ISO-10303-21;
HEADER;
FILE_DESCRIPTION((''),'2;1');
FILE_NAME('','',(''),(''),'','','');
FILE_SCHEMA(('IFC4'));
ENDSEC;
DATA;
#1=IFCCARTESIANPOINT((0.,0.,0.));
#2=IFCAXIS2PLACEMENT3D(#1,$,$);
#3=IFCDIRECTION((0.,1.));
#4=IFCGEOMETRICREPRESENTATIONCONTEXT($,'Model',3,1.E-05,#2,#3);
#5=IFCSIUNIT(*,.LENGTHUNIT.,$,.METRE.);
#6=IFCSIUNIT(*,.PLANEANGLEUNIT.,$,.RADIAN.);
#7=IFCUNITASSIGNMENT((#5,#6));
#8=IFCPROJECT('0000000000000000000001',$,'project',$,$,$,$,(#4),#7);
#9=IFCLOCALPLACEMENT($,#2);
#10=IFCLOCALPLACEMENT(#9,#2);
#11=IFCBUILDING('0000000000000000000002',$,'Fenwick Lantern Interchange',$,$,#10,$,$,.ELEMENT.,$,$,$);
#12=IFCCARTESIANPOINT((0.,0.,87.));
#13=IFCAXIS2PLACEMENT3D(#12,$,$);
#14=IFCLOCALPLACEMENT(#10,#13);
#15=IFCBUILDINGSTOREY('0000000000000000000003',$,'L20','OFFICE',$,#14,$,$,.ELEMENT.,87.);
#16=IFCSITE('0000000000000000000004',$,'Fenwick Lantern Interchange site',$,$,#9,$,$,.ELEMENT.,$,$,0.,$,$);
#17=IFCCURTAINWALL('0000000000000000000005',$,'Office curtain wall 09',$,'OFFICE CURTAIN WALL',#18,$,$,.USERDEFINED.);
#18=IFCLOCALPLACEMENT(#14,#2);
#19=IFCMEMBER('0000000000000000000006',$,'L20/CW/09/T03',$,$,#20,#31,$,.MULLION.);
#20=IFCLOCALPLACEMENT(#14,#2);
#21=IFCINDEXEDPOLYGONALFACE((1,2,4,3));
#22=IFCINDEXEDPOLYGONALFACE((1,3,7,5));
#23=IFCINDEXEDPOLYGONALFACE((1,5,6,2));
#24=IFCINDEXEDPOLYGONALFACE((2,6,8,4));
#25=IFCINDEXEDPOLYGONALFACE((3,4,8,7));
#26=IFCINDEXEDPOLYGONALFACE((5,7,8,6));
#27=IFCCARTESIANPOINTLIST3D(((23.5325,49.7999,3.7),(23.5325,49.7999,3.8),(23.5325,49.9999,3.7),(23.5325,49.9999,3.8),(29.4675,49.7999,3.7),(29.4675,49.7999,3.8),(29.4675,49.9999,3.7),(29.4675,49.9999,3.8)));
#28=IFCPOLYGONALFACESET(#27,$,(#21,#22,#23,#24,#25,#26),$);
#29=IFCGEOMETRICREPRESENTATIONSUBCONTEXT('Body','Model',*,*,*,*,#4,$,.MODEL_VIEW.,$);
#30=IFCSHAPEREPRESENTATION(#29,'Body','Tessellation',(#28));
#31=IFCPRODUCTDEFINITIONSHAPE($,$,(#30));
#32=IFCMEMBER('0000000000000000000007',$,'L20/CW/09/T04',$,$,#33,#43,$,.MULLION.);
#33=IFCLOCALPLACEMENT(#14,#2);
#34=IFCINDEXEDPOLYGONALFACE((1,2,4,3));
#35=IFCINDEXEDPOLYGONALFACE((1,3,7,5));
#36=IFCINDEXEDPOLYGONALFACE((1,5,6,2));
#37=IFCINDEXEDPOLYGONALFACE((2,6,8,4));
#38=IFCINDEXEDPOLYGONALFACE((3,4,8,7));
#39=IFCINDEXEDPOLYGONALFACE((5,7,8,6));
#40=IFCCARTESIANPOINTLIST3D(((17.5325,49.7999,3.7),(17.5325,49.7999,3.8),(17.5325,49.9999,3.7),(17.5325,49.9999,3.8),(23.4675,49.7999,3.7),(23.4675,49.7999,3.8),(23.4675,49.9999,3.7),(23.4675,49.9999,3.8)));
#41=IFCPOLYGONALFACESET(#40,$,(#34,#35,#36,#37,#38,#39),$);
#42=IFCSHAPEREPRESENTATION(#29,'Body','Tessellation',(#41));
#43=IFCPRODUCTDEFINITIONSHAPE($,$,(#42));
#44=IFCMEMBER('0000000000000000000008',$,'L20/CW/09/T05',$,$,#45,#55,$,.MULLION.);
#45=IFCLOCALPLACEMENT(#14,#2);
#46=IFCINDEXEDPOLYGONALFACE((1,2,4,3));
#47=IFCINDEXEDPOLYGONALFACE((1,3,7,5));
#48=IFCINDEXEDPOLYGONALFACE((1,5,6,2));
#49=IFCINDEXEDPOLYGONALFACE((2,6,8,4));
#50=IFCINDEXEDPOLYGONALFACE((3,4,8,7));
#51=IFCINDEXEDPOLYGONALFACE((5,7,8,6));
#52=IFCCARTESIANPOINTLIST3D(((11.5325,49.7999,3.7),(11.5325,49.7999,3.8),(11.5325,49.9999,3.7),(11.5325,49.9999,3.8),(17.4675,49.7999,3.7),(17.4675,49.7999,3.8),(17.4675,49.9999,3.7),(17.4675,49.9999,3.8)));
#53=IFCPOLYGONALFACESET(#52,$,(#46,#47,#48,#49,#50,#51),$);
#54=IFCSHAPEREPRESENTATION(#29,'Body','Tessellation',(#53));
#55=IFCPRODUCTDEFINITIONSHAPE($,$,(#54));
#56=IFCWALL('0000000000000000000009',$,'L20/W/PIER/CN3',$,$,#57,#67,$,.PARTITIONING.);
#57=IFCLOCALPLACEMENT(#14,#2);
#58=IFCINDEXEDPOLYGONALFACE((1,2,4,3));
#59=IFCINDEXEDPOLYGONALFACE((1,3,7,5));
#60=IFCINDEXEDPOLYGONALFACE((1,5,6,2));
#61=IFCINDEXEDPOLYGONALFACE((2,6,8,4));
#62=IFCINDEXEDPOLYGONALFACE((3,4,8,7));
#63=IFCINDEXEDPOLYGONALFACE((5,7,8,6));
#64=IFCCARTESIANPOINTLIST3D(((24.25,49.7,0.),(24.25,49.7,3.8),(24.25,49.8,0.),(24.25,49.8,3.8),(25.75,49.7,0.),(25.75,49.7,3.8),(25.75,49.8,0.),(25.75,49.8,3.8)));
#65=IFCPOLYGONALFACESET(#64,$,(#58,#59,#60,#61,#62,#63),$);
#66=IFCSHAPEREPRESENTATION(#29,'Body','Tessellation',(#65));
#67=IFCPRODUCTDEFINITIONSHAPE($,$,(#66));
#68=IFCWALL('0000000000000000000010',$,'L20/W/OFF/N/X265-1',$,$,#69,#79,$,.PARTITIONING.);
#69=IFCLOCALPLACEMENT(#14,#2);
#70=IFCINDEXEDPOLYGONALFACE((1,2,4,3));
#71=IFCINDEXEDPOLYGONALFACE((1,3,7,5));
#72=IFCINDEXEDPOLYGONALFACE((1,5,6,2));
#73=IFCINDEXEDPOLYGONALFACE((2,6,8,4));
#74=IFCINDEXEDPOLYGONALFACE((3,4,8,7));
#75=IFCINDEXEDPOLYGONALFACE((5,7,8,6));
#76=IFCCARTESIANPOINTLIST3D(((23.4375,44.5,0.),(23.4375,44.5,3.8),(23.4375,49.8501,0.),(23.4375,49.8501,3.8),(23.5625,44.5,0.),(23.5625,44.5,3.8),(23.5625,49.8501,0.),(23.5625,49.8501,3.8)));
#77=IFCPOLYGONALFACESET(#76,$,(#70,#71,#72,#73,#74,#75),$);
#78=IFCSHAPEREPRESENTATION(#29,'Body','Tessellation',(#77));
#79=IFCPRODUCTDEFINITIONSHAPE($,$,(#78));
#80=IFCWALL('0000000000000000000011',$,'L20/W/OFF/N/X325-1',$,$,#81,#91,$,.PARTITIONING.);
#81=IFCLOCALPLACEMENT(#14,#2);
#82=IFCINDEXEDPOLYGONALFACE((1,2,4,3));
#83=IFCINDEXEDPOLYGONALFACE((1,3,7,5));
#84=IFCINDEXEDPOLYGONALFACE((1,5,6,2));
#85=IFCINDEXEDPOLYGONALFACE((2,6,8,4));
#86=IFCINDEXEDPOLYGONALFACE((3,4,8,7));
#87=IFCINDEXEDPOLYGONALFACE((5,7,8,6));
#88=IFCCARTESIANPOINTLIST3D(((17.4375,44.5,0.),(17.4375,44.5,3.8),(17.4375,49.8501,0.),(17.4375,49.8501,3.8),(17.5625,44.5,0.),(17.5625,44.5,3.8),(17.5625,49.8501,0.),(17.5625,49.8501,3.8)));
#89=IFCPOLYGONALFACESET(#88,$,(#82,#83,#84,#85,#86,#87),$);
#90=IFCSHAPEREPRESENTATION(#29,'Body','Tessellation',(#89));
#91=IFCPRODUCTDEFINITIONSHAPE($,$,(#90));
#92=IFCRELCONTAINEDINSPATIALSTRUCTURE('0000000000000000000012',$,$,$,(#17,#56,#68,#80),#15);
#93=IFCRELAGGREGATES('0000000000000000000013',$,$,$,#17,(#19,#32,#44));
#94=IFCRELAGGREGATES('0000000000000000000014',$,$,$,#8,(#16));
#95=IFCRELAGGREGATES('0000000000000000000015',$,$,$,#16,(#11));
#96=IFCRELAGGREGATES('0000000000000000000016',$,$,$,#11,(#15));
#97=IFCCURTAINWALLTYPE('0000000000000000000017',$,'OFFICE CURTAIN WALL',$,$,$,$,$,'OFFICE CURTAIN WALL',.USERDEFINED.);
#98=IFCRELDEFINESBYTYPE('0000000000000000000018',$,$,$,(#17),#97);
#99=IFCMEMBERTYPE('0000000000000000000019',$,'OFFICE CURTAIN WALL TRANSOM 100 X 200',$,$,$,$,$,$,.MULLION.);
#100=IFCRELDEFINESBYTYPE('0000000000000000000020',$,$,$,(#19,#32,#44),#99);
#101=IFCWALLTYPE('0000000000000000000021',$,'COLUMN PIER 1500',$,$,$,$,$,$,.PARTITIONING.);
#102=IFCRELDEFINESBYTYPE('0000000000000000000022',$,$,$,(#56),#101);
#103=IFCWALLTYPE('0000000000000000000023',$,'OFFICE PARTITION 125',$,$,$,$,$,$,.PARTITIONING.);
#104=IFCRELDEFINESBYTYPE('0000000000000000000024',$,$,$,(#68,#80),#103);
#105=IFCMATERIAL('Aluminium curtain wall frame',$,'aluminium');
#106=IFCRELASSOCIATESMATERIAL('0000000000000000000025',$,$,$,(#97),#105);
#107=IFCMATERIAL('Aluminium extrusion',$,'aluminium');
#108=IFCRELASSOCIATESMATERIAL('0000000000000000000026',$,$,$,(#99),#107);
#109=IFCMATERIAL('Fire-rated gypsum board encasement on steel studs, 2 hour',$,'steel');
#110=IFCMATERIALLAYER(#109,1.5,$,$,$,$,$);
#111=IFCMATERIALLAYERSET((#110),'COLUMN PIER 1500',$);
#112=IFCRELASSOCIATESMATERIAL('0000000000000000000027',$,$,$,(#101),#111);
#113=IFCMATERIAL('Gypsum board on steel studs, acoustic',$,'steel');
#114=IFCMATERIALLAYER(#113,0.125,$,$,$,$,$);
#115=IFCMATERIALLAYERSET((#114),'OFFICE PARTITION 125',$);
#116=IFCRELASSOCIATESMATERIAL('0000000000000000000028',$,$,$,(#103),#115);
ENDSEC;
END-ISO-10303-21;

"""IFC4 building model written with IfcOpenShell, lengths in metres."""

from ifc_helpers import new_model, si_unit, direction, frame, frame_2d, origin, origin_2d, place, context, subcontext, project, spatial, rectangle, extrude, material, layer, layer_set, material_profile, profile_set, type_object, element, aggregate, save


model = new_model("IFC4")

# Units and contexts
model_context = context("Model", 3, precision=1e-05, world=origin(), true_north=direction((0.0, 1.0)))
body_context = subcontext(model_context, "Body", "Model", "MODEL_VIEW")
ifc_project = project(units=[si_unit("LENGTHUNIT", "METRE"), si_unit("PLANEANGLEUNIT", "RADIAN")], contexts=[model_context])

# Site, building, storey
site_placement = place(None, origin())
site = spatial("IfcSite", under=ifc_project, at=site_placement, Name="Fenwick Lantern Interchange site", CompositionType="ELEMENT", RefElevation=0.0)
building_placement = place(site_placement, origin())
building = spatial("IfcBuilding", under=site, at=building_placement, Name="Fenwick Lantern Interchange", CompositionType="ELEMENT")
storey_placement = place(building_placement, frame((0.0, 0.0, 87.0)))
storey = spatial("IfcBuildingStorey", under=building, at=storey_placement, Name="L20", Description="OFFICE", CompositionType="ELEMENT", Elevation=87.0)

# Curtain wall, members
ifc_material_1 = material(Name="Aluminium curtain wall frame", Category="aluminium")
curtain_wall_type = type_object("IfcCurtainWallType", Name="OFFICE CURTAIN WALL", ElementType="OFFICE CURTAIN WALL", PredefinedType="USERDEFINED", material=ifc_material_1)
curtain_wall_placement = place(storey_placement, origin())
curtain_wall = element("IfcCurtainWall", 1, at=curtain_wall_placement, inside=storey, type_object=curtain_wall_type, Name="Office curtain wall 09", ObjectType="OFFICE CURTAIN WALL", PredefinedType="USERDEFINED")
ifc_material_2 = material(Name="Aluminium extrusion", Category="aluminium")
ifc_material_profile_1 = material_profile(ifc_material_2, rectangle(XDim=0.2, YDim=0.1001, at=origin_2d()), Name="OFFICE CURTAIN WALL TRANSOM 100 X 200")
ifc_profile_set_1 = profile_set([ifc_material_profile_1], Name="Aluminium extrusion")
member_type_1 = type_object("IfcMemberType", Name="OFFICE CURTAIN WALL TRANSOM 100 X 200", PredefinedType="MULLION", material=ifc_profile_set_1)
member_1_placement = place(storey_placement, frame((29.4675, 49.8999, 3.75), z_axis=(-1.0, 0.0, 0.0), x_axis=(0.0, -1.0, 0.0)))
member_1 = element("IfcMember", 2, at=member_1_placement, type_object=member_type_1, Name="L20/CW/09/T03", PredefinedType="MULLION", context=body_context, shape_type="SweptSolid", body=[
    extrude(rectangle(XDim=0.2, YDim=0.1001, at=origin_2d()), origin(), (0.0, 0.0, 1.0), 5.9351),
])
member_2_placement = place(storey_placement, frame((23.4675, 49.8999, 3.75), z_axis=(-1.0, 0.0, 0.0), x_axis=(0.0, -1.0, 0.0)))
member_2 = element("IfcMember", 3, at=member_2_placement, type_object=member_type_1, Name="L20/CW/09/T04", PredefinedType="MULLION", context=body_context, shape_type="SweptSolid", body=[
    extrude(rectangle(XDim=0.2, YDim=0.1001, at=origin_2d()), origin(), (0.0, 0.0, 1.0), 5.9351),
])
member_3_placement = place(storey_placement, frame((17.4675, 49.8999, 3.75), z_axis=(-1.0, 0.0, 0.0), x_axis=(0.0, -1.0, 0.0)))
member_3 = element("IfcMember", 4, at=member_3_placement, type_object=member_type_1, Name="L20/CW/09/T05", PredefinedType="MULLION", context=body_context, shape_type="SweptSolid", body=[
    extrude(rectangle(XDim=0.2, YDim=0.1001, at=origin_2d()), origin(), (0.0, 0.0, 1.0), 5.9351),
])
aggregate(curtain_wall, [member_1, member_2, member_3])

# Walls
ifc_material_3 = material(Name="Fire-rated gypsum board encasement on steel studs, 2 hour", Category="steel")
ifc_layer_1 = layer(ifc_material_3, 1.5)
ifc_layer_set_1 = layer_set([ifc_layer_1], Name="COLUMN PIER 1500")
wall_type_1 = type_object("IfcWallType", Name="COLUMN PIER 1500", PredefinedType="PARTITIONING", material=ifc_layer_set_1)
wall_placement = place(storey_placement, frame((25.0, 49.8, 0.0), z_axis=(0.0, 0.0, 1.0), x_axis=(0.0, -1.0, 0.0)))
element("IfcWall", 5, at=wall_placement, inside=storey, type_object=wall_type_1, Name="L20/W/PIER/CN3", PredefinedType="PARTITIONING", context=body_context, shape_type="SweptSolid", body=[
    extrude(rectangle(XDim=0.1001, YDim=1.5, at=frame_2d((0.05, 0.0))), origin(), (0.0, 0.0, 1.0), 3.8),
])
ifc_material_4 = material(Name="Gypsum board on steel studs, acoustic", Category="steel")
ifc_layer_2 = layer(ifc_material_4, 0.125)
ifc_layer_set_2 = layer_set([ifc_layer_2], Name="OFFICE PARTITION 125")
wall_type_2 = type_object("IfcWallType", Name="OFFICE PARTITION 125", PredefinedType="PARTITIONING", material=ifc_layer_set_2)
for number, where, z_axis, x_axis, name in (
    (6, (23.5, 49.8501, 0.0), (0.0, 0.0, 1.0), (0.0, -1.0, 0.0), "L20/W/OFF/N/X265-1"),
    (7, (17.5, 49.8501, 0.0), (0.0, 0.0, 1.0), (0.0, -1.0, 0.0), "L20/W/OFF/N/X325-1"),
):
    element("IfcWall", number, at=place(storey_placement, frame(where, z_axis=z_axis, x_axis=x_axis)), inside=storey, type_object=wall_type_2, Name=name, PredefinedType="PARTITIONING", context=body_context, shape_type="SweptSolid", body=[
        extrude(rectangle(XDim=5.3501, YDim=0.125, at=frame_2d((2.675, 0.0))), origin(), (0.0, 0.0, 1.0), 3.8),
    ])

save(model, "model.ifc")
